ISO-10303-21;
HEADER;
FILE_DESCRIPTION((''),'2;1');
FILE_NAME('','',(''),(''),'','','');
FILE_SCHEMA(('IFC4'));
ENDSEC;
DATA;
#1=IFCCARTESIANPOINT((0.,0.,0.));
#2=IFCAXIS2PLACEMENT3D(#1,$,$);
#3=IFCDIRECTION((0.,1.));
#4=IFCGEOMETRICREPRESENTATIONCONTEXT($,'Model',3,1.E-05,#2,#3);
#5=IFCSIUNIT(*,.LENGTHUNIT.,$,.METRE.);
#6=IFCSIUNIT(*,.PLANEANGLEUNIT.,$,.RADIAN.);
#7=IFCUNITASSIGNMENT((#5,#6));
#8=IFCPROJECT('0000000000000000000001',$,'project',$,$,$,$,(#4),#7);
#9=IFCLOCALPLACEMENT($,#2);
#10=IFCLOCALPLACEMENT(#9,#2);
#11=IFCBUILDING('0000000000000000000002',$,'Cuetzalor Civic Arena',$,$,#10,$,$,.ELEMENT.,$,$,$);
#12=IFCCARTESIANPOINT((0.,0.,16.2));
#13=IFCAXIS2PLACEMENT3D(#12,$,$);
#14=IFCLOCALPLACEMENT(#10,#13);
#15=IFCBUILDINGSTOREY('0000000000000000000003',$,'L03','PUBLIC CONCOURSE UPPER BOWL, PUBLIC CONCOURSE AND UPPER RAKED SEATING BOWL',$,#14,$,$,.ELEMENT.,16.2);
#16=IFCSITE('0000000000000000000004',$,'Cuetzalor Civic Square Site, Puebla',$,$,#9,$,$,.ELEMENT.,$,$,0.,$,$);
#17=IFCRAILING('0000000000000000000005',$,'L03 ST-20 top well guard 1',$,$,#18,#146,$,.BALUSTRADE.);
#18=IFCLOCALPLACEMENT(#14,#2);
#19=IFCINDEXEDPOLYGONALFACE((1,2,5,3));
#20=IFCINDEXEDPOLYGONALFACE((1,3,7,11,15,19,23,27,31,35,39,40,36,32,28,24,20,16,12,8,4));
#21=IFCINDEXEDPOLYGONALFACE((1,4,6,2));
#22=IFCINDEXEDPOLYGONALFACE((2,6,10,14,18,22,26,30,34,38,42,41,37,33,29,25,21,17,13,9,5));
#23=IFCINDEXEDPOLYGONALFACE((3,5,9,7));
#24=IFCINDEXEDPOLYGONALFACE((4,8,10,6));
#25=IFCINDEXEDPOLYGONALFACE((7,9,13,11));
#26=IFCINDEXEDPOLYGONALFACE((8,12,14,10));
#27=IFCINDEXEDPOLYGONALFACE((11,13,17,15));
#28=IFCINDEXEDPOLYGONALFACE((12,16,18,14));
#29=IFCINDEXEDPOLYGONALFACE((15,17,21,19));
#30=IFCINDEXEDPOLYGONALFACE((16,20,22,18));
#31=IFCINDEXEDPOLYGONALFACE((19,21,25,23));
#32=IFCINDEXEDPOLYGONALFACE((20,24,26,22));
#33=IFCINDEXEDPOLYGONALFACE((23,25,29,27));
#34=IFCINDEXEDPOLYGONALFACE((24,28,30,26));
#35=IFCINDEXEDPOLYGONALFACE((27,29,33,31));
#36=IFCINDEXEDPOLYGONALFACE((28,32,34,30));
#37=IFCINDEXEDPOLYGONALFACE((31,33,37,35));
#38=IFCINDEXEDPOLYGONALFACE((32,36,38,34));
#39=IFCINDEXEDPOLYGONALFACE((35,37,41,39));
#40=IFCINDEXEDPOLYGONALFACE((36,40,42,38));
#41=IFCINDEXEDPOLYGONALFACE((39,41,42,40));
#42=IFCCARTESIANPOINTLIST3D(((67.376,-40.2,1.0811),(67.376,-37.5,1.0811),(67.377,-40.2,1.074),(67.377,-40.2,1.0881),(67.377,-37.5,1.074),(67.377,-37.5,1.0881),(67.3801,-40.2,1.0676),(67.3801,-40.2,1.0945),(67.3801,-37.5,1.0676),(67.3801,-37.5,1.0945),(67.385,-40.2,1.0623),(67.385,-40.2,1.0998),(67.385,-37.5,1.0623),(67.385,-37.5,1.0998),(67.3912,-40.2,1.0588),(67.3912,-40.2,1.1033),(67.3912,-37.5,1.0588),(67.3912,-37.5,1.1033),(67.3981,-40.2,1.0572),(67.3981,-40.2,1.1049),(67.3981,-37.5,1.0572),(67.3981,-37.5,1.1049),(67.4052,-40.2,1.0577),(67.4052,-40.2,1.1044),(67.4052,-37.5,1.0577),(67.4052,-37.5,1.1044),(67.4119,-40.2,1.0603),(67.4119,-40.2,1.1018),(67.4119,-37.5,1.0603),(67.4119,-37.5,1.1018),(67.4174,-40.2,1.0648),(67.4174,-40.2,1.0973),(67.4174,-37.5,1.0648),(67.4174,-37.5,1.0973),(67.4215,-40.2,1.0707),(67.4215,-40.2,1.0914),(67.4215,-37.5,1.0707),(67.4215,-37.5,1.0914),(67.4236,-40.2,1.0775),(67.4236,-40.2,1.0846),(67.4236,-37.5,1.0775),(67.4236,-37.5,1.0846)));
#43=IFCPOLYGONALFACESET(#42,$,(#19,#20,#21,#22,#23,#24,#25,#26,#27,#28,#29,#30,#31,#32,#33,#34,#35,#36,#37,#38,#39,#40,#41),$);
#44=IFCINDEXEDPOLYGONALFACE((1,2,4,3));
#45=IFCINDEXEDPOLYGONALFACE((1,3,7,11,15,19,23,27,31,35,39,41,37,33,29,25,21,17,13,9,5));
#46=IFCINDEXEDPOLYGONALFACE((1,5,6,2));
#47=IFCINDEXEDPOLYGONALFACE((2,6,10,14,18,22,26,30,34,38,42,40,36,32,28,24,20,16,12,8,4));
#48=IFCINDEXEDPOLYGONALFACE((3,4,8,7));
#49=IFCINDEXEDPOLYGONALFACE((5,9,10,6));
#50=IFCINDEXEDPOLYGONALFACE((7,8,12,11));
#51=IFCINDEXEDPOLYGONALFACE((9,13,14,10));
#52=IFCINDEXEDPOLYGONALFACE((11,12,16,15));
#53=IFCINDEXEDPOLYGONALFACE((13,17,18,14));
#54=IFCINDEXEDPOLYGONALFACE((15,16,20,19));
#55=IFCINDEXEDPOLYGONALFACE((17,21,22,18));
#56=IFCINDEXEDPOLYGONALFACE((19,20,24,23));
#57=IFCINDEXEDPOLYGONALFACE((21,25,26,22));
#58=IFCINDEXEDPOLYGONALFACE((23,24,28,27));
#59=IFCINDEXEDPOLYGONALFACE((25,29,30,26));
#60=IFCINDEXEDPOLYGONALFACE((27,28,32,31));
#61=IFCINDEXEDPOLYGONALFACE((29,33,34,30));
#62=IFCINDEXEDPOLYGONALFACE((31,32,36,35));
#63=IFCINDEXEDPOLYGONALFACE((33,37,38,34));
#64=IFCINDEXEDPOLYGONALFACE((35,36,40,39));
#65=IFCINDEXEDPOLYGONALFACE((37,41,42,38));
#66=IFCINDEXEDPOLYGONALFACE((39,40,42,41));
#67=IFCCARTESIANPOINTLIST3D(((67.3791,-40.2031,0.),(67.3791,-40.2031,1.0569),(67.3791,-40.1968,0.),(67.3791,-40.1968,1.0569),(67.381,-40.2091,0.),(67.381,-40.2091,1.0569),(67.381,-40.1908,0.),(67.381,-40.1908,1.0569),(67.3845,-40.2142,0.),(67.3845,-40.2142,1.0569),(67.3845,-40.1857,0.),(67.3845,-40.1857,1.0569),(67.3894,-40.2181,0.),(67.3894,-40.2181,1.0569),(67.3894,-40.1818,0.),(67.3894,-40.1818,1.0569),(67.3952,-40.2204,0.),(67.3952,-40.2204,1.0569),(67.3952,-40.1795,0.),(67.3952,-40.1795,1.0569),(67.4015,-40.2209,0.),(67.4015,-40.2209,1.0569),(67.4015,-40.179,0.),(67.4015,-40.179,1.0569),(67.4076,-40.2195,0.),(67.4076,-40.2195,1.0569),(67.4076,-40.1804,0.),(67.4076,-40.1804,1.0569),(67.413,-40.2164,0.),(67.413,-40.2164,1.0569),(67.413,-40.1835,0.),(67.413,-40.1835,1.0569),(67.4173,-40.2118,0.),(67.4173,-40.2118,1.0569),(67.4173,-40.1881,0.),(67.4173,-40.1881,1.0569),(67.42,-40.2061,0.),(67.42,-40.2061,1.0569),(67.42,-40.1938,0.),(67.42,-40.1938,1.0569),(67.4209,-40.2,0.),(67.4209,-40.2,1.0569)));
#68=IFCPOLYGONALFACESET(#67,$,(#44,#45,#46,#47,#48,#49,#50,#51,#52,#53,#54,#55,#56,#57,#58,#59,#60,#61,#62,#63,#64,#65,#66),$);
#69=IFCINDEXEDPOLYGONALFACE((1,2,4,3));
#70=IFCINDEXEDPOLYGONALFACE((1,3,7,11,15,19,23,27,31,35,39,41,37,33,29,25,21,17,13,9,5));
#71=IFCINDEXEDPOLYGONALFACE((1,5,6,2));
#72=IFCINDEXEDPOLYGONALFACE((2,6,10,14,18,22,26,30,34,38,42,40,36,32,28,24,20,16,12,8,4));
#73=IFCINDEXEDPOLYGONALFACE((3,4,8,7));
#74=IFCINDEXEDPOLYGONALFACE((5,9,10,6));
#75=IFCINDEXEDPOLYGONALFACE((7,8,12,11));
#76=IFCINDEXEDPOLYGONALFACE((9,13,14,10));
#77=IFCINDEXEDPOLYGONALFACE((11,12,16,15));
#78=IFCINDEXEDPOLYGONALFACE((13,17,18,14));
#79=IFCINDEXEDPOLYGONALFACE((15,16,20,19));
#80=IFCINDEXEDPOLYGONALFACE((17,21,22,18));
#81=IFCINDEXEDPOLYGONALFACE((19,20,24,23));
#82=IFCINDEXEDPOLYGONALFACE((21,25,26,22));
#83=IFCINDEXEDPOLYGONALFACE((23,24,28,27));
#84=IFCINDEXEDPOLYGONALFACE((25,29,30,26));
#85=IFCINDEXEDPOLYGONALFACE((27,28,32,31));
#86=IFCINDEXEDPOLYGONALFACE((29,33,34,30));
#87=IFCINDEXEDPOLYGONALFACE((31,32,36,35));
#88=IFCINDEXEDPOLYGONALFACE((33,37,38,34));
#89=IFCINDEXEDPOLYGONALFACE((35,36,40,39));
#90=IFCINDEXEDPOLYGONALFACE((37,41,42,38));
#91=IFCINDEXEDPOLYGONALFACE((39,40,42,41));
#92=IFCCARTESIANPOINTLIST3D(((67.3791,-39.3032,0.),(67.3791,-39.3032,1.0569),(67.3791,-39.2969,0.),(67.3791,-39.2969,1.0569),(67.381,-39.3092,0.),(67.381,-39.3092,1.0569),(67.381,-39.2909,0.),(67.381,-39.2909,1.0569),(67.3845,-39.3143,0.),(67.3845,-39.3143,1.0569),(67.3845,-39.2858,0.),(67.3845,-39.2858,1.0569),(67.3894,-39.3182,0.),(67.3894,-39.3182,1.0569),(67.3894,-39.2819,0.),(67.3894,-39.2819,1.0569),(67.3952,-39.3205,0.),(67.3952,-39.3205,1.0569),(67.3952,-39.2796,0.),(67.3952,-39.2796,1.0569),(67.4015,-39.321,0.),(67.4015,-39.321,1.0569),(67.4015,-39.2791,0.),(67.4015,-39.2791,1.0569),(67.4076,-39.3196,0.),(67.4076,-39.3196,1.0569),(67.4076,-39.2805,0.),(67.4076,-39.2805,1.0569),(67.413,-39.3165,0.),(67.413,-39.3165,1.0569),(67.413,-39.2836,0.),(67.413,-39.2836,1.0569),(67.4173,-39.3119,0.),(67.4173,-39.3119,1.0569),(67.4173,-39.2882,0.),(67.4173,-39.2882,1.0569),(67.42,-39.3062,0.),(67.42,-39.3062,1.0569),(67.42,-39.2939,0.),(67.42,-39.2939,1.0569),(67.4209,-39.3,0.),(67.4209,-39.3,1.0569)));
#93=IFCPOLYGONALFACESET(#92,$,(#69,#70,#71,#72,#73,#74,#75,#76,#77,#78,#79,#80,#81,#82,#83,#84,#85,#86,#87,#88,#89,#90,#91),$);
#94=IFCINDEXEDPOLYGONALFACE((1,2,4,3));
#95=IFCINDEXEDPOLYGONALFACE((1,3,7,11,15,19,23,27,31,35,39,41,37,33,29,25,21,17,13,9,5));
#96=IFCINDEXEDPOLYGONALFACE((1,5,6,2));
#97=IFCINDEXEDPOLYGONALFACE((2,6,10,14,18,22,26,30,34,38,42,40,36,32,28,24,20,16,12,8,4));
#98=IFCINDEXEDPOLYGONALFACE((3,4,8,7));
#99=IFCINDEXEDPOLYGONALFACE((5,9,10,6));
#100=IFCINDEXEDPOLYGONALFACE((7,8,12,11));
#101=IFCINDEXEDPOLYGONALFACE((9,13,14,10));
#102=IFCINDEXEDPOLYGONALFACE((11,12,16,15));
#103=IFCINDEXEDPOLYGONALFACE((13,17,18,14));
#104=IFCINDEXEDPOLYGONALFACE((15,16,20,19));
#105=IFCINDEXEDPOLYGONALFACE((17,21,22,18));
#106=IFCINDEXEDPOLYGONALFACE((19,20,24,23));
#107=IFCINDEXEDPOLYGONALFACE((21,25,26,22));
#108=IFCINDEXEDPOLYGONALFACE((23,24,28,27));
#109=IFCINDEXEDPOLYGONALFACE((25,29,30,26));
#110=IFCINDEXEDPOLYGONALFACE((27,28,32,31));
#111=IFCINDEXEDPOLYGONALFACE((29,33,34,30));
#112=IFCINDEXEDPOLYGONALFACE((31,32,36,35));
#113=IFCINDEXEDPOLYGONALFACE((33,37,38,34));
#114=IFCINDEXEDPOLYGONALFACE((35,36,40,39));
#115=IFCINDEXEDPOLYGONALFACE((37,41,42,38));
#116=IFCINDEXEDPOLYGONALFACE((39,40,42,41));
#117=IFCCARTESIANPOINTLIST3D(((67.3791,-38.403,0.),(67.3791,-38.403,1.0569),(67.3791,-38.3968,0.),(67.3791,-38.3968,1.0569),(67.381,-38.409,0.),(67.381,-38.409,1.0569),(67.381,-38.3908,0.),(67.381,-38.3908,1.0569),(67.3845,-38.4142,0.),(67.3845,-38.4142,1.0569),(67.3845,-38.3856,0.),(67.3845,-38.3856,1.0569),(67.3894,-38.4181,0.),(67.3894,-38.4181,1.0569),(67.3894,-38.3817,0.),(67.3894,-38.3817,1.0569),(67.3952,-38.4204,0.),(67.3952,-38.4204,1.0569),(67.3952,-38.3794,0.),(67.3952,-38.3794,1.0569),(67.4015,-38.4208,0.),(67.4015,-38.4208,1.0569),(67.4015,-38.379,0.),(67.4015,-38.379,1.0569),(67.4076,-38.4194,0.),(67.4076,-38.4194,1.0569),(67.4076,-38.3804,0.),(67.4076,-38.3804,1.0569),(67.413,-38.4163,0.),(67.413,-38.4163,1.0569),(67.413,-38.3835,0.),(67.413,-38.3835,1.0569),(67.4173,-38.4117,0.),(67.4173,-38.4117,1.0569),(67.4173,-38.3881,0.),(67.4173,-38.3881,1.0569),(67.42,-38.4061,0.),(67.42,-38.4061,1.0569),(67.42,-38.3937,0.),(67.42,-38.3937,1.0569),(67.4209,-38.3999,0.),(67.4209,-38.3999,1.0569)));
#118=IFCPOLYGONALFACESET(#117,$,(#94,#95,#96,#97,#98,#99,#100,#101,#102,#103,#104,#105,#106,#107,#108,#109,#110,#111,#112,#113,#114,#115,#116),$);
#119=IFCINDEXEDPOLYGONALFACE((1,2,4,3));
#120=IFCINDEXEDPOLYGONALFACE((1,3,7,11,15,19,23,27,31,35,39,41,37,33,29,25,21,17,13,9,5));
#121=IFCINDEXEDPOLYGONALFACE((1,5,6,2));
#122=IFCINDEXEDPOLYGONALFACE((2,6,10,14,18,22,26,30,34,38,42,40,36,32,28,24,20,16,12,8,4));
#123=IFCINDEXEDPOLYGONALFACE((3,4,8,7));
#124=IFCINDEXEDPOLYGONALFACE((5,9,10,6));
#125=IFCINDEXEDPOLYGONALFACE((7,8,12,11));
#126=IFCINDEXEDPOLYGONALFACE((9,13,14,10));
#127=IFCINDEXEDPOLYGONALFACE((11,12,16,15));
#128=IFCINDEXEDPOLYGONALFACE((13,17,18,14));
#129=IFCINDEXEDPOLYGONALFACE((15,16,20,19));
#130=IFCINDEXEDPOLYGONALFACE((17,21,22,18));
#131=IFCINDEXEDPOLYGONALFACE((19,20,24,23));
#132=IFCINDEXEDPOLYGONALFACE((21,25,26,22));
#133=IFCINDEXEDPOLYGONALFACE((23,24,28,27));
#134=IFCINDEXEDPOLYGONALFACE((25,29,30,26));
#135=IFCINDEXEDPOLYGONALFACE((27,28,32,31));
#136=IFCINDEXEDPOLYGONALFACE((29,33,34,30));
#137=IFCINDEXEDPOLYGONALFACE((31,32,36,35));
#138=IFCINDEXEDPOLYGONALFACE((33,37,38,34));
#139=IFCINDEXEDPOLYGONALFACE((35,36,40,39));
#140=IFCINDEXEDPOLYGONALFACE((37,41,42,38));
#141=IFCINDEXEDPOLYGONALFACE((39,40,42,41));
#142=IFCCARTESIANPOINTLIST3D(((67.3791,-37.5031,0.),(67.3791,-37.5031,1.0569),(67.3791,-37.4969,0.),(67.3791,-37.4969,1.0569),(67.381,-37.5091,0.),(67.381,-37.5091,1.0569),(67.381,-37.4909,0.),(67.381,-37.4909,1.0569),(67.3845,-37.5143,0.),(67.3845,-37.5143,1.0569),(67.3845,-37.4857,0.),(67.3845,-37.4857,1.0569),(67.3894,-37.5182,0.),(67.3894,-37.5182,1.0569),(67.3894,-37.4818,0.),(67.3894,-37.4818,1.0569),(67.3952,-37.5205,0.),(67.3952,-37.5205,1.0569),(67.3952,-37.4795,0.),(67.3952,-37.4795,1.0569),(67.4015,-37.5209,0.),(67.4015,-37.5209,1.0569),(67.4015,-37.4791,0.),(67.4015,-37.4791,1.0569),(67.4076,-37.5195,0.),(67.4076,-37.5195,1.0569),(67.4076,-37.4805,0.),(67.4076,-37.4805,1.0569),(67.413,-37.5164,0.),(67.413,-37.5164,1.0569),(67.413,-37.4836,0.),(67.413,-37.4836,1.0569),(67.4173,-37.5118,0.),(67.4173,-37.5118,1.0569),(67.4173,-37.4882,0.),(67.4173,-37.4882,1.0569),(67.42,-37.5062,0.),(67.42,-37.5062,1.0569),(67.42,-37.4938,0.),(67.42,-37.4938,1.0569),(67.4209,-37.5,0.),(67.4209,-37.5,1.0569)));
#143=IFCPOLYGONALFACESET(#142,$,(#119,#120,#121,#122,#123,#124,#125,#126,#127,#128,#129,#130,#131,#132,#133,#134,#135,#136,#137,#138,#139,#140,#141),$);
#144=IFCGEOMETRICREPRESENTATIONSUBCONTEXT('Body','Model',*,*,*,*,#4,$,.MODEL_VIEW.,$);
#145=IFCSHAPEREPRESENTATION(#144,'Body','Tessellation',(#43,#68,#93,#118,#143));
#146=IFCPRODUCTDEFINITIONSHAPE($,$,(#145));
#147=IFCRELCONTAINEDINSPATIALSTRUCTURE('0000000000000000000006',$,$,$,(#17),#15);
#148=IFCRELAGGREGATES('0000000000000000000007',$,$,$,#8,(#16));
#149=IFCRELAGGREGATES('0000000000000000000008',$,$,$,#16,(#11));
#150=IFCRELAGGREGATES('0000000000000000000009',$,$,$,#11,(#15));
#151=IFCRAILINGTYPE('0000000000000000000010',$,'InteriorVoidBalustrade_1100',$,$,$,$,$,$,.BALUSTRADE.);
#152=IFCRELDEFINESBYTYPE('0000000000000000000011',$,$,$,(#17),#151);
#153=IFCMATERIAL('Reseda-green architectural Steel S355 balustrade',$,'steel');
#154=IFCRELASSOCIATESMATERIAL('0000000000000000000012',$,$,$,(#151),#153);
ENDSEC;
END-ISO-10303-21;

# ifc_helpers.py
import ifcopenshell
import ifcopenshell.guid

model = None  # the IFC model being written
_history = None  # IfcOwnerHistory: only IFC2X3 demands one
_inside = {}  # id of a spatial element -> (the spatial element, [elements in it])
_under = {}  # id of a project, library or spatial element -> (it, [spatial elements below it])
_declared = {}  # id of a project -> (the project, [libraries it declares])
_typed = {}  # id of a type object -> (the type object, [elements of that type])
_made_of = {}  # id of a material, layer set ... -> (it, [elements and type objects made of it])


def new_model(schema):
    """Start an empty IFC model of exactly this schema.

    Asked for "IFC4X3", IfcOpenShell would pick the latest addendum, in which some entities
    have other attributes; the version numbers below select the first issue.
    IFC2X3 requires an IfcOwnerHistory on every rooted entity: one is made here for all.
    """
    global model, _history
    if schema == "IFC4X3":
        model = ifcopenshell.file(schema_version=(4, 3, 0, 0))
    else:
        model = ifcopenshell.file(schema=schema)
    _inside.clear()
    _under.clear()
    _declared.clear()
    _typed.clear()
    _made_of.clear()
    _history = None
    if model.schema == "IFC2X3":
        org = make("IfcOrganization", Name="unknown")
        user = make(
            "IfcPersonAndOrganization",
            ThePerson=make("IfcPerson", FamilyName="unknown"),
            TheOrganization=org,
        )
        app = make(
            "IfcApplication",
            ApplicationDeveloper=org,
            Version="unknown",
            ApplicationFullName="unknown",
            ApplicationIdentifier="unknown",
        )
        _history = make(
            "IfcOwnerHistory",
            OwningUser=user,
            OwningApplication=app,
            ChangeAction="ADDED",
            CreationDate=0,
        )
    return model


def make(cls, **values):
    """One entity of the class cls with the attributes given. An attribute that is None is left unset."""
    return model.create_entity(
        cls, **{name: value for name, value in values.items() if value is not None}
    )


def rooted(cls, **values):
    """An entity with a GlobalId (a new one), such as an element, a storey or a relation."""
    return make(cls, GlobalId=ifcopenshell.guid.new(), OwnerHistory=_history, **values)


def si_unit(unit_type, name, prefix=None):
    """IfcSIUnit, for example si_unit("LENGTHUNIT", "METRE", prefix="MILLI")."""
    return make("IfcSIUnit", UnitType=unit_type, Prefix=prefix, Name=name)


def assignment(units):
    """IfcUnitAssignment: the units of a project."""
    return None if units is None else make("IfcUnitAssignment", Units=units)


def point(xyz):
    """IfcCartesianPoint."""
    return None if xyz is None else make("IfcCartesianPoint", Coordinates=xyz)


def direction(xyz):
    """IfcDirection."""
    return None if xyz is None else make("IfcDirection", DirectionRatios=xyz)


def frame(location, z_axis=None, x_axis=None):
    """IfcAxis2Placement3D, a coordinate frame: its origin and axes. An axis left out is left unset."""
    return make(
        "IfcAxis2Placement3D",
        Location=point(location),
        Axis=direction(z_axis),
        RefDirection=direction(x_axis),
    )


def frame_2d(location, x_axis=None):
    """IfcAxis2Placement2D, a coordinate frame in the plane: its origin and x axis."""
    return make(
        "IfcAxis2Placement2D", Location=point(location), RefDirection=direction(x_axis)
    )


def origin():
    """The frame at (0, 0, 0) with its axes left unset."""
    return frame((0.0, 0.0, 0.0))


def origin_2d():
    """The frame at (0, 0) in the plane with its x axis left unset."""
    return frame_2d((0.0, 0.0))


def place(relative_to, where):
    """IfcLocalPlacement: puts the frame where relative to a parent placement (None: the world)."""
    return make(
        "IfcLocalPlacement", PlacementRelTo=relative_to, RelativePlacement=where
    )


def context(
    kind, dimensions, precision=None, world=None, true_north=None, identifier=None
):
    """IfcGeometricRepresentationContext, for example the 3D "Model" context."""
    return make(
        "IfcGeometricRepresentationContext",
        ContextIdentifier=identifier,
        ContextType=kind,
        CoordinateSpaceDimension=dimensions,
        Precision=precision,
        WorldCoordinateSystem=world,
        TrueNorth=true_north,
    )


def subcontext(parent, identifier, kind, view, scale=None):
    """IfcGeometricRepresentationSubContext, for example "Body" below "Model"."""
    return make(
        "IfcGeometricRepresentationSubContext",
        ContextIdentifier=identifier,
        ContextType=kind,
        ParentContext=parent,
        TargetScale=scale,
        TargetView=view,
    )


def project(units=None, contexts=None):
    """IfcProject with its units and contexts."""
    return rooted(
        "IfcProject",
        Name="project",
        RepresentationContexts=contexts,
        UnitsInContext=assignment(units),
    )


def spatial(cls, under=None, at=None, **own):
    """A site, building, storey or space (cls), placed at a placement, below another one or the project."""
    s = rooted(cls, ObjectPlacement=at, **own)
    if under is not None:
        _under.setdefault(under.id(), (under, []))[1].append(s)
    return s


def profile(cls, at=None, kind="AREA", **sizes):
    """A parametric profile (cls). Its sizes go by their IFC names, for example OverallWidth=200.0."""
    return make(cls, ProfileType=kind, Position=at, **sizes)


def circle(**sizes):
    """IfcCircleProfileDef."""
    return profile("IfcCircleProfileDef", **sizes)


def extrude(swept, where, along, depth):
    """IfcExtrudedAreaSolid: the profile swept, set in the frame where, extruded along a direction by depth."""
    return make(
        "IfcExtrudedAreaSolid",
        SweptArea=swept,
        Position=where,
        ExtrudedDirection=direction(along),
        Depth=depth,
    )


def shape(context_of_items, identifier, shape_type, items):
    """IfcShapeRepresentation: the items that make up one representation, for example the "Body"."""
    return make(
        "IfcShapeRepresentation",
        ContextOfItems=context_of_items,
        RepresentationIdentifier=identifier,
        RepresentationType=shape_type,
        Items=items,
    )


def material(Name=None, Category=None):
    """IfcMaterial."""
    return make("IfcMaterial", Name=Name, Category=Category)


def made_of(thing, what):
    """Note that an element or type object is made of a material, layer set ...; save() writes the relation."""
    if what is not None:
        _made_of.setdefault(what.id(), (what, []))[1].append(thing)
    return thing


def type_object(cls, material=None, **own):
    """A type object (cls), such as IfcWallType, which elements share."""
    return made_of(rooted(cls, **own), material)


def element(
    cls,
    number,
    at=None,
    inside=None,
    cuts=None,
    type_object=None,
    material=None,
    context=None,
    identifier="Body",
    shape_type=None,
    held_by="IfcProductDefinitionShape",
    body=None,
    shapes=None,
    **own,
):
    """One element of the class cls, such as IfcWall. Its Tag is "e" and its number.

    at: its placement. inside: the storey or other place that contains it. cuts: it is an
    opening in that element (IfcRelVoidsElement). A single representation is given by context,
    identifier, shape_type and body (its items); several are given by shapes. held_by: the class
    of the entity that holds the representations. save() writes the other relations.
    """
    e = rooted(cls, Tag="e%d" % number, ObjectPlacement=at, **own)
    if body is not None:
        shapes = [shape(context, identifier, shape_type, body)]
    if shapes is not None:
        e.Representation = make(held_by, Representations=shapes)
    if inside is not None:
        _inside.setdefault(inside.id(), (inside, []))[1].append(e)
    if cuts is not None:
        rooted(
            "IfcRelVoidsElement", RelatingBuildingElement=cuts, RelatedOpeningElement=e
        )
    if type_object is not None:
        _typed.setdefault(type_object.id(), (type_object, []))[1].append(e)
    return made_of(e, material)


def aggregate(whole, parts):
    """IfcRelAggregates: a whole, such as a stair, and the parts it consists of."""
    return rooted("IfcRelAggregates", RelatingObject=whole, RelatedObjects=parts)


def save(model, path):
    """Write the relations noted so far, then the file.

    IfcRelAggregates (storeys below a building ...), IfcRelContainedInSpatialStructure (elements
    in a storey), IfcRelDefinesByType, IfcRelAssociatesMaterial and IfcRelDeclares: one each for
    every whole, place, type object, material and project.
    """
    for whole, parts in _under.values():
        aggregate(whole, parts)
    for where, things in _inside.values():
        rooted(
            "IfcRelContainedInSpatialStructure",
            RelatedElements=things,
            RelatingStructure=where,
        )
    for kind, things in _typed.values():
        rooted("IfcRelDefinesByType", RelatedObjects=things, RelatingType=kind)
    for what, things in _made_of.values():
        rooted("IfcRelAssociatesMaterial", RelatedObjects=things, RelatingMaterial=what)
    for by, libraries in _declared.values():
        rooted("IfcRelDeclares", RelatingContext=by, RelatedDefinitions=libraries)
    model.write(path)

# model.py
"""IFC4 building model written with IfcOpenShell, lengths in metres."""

from ifc_helpers import new_model, si_unit, direction, frame, origin, origin_2d, place, context, subcontext, project, spatial, circle, extrude, material, type_object, element, save


model = new_model("IFC4")

# Units and contexts
model_context = context("Model", 3, precision=1e-05, world=origin(), true_north=direction((0.0, 1.0)))
body_context = subcontext(model_context, "Body", "Model", "MODEL_VIEW")
ifc_project = project(units=[si_unit("LENGTHUNIT", "METRE"), si_unit("PLANEANGLEUNIT", "RADIAN")], contexts=[model_context])

# Site, building, storey
site_placement = place(None, origin())
site = spatial("IfcSite", under=ifc_project, at=site_placement, Name="Cuetzalor Civic Square Site, Puebla", CompositionType="ELEMENT", RefElevation=0.0)
building_placement = place(site_placement, origin())
building = spatial("IfcBuilding", under=site, at=building_placement, Name="Cuetzalor Civic Arena", CompositionType="ELEMENT")
storey_placement = place(building_placement, frame((0.0, 0.0, 16.2)))
storey = spatial("IfcBuildingStorey", under=building, at=storey_placement, Name="L03", Description="PUBLIC CONCOURSE UPPER BOWL, PUBLIC CONCOURSE AND UPPER RAKED SEATING BOWL", CompositionType="ELEMENT", Elevation=16.2)

# Railing
ifc_material_1 = material(Name="Reseda-green architectural Steel S355 balustrade", Category="steel")
railing_type_1 = type_object("IfcRailingType", Name="InteriorVoidBalustrade_1100", PredefinedType="BALUSTRADE", material=ifc_material_1)
railing_1_placement = place(storey_placement, frame((67.3999, -40.2, 0.0)))
element("IfcRailing", 1, at=railing_1_placement, inside=storey, type_object=railing_type_1, Name="L03 ST-20 top well guard 1", PredefinedType="BALUSTRADE", context=body_context, shape_type="SweptSolid", body=[
    extrude(circle(Radius=0.0239, at=origin_2d()), frame((0.0, 0.0, 1.0811), z_axis=(0.0, 1.0, 0.0), x_axis=(-1.0, 0.0, 0.0)), (0.0, 0.0, 1.0), 2.7),
    extrude(circle(Radius=0.021, at=origin_2d()), origin(), (0.0, 0.0, 1.0), 1.0569),
    extrude(circle(Radius=0.021, at=origin_2d()), frame((0.0, 0.8999, 0.0)), (0.0, 0.0, 1.0), 1.0569),
    extrude(circle(Radius=0.021, at=origin_2d()), frame((0.0, 1.8, 0.0)), (0.0, 0.0, 1.0), 1.0569),
    extrude(circle(Radius=0.021, at=origin_2d()), frame((0.0, 2.7, 0.0)), (0.0, 0.0, 1.0), 1.0569),
])

save(model, "model.ifc")
